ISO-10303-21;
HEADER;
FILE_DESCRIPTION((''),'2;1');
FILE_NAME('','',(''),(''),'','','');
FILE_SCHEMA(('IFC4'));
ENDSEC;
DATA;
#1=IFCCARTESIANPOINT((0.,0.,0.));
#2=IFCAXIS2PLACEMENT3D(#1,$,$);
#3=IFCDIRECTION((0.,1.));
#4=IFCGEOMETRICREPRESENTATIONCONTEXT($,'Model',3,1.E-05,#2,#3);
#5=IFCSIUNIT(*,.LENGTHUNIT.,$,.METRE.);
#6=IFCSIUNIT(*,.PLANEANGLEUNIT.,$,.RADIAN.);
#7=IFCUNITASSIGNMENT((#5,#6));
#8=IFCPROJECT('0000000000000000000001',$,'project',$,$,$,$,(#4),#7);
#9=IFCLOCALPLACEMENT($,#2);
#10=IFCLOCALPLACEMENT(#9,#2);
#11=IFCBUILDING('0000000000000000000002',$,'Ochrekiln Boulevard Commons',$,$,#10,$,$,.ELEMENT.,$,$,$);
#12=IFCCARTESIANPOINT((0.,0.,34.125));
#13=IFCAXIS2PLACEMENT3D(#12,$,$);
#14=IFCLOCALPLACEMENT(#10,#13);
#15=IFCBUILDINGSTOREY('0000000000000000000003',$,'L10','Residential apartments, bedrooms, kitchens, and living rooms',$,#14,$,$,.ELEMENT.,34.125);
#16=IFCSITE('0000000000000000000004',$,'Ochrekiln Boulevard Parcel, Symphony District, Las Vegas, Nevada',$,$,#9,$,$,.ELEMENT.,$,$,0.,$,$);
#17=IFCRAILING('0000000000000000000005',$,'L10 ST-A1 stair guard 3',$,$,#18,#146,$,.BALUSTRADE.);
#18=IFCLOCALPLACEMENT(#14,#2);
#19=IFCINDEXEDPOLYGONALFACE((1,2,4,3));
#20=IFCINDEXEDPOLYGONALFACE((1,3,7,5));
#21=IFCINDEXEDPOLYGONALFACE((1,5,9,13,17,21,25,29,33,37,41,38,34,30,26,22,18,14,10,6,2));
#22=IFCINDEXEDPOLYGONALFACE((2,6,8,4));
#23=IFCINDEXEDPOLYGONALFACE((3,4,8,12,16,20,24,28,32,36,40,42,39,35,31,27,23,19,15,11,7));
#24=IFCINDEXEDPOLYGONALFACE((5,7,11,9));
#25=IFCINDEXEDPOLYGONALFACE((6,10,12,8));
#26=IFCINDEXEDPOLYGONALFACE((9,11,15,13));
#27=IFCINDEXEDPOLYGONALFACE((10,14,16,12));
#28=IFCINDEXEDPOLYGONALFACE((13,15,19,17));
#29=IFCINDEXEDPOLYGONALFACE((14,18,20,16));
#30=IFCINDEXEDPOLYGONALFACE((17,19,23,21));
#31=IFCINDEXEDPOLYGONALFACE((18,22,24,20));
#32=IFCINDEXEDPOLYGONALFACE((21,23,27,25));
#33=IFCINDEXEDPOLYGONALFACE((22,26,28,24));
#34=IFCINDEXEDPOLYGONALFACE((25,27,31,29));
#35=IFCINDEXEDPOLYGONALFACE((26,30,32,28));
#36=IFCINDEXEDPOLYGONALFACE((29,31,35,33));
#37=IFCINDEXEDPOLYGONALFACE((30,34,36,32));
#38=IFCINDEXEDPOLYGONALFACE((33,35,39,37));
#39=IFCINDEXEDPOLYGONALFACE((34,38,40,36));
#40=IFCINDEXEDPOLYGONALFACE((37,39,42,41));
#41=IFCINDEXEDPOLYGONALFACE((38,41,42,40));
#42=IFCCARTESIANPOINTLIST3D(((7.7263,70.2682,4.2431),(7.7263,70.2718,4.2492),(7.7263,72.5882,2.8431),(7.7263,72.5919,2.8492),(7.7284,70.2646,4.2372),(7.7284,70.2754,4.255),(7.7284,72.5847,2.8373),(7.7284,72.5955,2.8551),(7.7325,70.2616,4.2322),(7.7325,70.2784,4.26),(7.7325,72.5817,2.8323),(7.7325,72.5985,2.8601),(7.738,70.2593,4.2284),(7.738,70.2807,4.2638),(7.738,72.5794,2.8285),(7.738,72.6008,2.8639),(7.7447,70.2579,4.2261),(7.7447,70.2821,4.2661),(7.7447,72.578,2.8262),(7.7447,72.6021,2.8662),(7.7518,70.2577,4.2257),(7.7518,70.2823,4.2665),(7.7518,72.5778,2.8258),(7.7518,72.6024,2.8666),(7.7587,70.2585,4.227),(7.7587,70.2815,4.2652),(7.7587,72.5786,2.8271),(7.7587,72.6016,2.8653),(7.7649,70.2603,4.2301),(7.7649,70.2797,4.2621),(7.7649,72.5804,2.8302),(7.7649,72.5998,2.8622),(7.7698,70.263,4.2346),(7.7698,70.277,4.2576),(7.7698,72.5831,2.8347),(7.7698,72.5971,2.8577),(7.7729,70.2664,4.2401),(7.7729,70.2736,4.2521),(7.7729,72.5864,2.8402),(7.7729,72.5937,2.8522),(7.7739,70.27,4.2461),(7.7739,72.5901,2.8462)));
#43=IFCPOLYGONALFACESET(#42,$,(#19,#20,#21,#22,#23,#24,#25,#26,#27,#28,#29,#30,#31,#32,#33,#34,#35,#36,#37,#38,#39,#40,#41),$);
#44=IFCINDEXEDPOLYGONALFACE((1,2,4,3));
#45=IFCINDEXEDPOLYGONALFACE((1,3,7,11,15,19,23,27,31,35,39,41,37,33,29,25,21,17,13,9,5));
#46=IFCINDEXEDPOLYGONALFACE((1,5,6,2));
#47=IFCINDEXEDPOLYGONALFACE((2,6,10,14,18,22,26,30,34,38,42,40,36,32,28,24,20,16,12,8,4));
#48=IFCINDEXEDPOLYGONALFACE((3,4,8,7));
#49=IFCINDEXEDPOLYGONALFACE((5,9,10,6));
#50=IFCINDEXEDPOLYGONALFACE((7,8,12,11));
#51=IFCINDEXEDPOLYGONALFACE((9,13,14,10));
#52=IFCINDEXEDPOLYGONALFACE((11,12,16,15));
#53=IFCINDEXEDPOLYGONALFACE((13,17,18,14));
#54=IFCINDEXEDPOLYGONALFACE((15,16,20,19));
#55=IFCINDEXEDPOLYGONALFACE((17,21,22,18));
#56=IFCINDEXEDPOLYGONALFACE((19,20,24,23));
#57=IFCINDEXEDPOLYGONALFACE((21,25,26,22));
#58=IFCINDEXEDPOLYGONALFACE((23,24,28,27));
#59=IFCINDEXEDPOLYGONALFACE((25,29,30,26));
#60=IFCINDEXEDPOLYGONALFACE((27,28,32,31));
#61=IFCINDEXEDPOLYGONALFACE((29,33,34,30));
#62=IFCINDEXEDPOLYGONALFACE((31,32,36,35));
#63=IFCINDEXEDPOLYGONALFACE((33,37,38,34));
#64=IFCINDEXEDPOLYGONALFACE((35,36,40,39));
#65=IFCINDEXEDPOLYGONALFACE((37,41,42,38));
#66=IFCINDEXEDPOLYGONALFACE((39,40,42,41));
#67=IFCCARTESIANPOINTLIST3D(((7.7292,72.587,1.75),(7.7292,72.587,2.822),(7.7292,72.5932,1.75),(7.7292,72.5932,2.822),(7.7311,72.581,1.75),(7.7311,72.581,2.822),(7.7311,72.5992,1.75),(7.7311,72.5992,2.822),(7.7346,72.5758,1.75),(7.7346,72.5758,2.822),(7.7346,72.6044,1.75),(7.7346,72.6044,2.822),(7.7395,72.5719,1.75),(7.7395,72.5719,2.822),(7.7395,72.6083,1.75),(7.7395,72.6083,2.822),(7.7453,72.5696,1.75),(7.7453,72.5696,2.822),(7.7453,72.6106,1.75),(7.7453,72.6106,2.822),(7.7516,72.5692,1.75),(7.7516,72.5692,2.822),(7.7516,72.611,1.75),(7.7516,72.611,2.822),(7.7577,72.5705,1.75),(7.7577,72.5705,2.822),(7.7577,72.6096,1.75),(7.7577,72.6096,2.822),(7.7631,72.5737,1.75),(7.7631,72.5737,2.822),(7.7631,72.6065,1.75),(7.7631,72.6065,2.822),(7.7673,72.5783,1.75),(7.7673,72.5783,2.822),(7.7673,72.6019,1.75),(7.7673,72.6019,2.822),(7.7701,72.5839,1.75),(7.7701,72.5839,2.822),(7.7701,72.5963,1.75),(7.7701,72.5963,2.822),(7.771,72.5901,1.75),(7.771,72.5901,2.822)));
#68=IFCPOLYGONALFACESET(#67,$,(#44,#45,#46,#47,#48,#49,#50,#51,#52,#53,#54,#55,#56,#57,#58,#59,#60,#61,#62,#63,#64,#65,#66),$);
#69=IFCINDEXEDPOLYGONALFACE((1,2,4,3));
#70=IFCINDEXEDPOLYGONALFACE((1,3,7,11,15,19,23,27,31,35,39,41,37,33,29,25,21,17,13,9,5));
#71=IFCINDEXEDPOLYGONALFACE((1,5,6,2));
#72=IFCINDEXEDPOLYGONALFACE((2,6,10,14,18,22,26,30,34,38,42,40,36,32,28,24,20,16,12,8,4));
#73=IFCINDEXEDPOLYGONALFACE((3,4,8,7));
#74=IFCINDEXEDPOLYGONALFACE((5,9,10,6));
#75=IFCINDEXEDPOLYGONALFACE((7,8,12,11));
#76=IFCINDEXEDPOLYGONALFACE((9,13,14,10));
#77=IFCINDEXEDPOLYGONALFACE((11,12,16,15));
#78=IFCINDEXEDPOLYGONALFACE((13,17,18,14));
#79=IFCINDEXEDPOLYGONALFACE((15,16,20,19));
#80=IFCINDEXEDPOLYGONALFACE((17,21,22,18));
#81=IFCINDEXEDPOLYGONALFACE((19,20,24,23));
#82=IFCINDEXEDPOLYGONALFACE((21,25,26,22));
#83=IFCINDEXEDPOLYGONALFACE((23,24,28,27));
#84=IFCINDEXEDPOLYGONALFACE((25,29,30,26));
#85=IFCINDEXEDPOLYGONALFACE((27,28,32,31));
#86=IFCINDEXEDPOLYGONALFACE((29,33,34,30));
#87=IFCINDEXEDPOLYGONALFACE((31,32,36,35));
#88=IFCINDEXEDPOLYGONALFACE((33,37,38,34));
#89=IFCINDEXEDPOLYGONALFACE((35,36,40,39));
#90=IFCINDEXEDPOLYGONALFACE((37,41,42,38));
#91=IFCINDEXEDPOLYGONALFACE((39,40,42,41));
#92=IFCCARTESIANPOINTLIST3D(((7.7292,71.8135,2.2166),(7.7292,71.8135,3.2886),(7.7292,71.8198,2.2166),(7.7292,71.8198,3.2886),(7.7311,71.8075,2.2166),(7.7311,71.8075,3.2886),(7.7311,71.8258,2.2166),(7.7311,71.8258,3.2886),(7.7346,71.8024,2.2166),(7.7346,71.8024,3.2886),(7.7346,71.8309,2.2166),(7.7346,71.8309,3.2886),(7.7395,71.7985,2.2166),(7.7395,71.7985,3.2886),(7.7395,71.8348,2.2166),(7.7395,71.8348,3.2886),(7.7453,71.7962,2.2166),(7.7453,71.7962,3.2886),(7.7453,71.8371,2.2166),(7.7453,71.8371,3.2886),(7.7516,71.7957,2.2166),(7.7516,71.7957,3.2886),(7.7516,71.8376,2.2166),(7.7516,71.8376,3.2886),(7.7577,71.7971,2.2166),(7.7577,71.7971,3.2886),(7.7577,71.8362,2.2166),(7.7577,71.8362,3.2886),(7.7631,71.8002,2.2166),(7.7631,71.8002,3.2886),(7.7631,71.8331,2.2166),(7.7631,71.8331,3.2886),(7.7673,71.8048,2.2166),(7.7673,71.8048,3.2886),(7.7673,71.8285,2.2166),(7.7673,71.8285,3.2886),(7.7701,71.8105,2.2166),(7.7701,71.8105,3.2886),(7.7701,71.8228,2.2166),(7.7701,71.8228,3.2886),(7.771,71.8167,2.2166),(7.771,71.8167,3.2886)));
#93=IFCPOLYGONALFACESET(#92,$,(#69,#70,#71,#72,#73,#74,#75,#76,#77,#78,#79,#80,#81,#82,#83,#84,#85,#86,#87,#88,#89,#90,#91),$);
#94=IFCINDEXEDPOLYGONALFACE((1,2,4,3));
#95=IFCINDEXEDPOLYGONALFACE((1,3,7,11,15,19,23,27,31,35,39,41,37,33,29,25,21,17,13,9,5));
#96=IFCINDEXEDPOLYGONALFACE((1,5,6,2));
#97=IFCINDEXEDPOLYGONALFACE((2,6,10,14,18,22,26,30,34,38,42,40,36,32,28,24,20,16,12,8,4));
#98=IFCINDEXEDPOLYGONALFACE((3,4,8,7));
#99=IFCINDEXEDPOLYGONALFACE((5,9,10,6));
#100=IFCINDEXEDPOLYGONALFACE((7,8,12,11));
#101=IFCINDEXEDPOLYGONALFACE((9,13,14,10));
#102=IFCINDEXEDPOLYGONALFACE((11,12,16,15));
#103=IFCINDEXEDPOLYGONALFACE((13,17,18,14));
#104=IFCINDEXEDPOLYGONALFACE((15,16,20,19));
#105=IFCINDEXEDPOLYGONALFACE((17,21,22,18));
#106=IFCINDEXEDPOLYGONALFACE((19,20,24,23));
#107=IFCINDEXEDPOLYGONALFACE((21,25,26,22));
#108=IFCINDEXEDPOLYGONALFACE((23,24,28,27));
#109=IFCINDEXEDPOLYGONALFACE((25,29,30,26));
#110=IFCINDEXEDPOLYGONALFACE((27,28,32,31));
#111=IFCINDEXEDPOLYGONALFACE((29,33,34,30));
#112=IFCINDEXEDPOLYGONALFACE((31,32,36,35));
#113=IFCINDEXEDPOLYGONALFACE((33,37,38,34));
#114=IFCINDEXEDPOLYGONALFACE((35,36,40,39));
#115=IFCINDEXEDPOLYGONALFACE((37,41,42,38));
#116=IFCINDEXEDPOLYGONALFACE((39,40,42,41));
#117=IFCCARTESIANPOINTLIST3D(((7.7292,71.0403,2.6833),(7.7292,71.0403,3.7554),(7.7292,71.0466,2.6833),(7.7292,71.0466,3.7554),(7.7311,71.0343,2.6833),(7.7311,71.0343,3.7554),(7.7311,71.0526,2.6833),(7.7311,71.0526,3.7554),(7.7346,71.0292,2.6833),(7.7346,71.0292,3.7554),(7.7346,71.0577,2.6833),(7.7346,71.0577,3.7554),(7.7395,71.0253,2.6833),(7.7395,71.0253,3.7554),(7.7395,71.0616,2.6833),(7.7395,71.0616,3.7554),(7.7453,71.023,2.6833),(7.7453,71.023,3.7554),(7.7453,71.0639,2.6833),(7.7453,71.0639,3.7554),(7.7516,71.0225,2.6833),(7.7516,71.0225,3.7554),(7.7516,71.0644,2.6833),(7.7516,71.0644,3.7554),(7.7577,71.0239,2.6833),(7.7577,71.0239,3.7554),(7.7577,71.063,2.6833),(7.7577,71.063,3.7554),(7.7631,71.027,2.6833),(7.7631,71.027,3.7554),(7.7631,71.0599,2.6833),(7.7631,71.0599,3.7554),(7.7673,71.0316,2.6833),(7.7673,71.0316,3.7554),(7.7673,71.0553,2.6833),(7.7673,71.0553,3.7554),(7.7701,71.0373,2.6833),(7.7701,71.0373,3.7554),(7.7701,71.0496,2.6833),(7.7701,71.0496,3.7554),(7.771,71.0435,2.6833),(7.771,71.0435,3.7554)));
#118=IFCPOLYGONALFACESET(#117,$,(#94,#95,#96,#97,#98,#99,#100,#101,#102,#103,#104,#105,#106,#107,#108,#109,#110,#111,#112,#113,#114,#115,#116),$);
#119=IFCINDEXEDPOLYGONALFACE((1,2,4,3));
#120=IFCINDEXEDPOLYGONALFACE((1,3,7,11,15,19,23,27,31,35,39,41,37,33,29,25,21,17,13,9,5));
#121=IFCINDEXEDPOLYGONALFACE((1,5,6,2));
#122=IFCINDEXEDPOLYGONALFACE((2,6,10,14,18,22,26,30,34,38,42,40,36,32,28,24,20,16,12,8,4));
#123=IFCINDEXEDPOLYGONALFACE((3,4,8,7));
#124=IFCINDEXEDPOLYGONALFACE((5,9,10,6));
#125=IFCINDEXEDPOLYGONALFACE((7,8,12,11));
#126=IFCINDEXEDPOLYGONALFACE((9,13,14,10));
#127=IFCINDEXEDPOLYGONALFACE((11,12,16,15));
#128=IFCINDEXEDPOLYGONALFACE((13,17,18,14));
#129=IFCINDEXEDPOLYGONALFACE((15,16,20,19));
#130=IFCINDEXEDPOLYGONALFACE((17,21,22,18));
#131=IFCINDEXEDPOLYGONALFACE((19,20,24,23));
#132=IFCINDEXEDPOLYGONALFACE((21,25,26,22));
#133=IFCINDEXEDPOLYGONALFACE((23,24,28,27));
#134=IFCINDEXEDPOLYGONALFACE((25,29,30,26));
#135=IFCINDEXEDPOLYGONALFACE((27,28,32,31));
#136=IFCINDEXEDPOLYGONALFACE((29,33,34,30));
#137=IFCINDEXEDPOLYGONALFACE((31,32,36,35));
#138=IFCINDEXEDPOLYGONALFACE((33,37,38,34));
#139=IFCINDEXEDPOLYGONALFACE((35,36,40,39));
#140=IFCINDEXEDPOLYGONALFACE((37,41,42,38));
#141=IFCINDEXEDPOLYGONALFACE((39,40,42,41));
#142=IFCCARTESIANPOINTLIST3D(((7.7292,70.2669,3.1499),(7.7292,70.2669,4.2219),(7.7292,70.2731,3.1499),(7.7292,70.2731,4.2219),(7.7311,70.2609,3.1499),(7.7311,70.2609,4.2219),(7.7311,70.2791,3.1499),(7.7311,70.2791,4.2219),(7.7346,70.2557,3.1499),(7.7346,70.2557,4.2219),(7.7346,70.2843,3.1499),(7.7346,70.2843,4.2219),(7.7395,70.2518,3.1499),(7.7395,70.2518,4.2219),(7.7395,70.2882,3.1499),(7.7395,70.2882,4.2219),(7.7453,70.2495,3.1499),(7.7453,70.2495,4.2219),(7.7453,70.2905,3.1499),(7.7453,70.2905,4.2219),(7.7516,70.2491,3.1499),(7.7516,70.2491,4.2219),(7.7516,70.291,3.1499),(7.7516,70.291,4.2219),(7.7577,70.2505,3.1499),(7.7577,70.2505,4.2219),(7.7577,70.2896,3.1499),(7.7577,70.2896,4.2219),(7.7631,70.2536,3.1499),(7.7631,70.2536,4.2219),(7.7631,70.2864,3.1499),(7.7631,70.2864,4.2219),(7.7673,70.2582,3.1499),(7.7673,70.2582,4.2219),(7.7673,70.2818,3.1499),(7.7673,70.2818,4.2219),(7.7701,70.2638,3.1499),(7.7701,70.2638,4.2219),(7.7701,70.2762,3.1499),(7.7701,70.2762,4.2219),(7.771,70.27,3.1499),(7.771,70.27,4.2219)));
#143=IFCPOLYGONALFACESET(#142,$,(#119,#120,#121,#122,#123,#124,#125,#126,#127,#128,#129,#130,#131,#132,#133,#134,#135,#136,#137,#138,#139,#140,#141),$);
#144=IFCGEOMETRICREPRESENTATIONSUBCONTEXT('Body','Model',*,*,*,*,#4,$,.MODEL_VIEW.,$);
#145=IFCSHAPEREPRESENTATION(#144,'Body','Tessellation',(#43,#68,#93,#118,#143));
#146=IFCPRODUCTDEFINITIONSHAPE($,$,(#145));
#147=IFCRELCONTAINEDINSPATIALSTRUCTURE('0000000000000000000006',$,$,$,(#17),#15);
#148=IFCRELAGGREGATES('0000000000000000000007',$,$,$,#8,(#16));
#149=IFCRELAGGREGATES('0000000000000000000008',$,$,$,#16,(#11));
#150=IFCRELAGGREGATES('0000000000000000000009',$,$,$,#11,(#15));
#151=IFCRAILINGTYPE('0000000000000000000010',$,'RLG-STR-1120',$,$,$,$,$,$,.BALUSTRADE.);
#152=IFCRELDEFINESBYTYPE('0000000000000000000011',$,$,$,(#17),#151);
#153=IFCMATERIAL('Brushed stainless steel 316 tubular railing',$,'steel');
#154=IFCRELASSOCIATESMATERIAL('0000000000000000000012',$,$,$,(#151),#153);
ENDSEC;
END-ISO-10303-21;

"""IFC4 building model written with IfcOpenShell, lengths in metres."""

from ifc_helpers import new_model, si_unit, direction, frame, origin, origin_2d, place, context, subcontext, project, spatial, circle, extrude, material, type_object, element, save


model = new_model("IFC4")

# Units and contexts
model_context = context("Model", 3, precision=1e-05, world=origin(), true_north=direction((0.0, 1.0)))
body_context = subcontext(model_context, "Body", "Model", "MODEL_VIEW")
ifc_project = project(units=[si_unit("LENGTHUNIT", "METRE"), si_unit("PLANEANGLEUNIT", "RADIAN")], contexts=[model_context])

# Site, building, storey
site_placement = place(None, origin())
site = spatial("IfcSite", under=ifc_project, at=site_placement, Name="Ochrekiln Boulevard Parcel, Symphony District, Las Vegas, Nevada", CompositionType="ELEMENT", RefElevation=0.0)
building_placement = place(site_placement, origin())
building = spatial("IfcBuilding", under=site, at=building_placement, Name="Ochrekiln Boulevard Commons", CompositionType="ELEMENT")
storey_placement = place(building_placement, frame((0.0, 0.0, 34.125)))
storey = spatial("IfcBuildingStorey", under=building, at=storey_placement, Name="L10", Description="Residential apartments, bedrooms, kitchens, and living rooms", CompositionType="ELEMENT", Elevation=34.125)

# Railing
ifc_material_1 = material(Name="Brushed stainless steel 316 tubular railing", Category="steel")
railing_type_1 = type_object("IfcRailingType", Name="RLG-STR-1120", PredefinedType="BALUSTRADE", material=ifc_material_1)
railing_1_placement = place(storey_placement, frame((7.75, 72.5901, 1.75)))
element("IfcRailing", 1, at=railing_1_placement, inside=storey, type_object=railing_type_1, Name="L10 ST-A1 stair guard 3", PredefinedType="BALUSTRADE", context=body_context, shape_type="SweptSolid", body=[
    extrude(circle(Radius=0.0239, at=origin_2d()), frame((0.0, 0.0, 1.0962), z_axis=(0.0, -0.85621, 0.516627), x_axis=(1.0, 0.0, 0.0)), (0.0, 0.0, 1.0), 2.7097),
    extrude(circle(Radius=0.021, at=origin_2d()), origin(), (0.0, 0.0, 1.0), 1.072),
    extrude(circle(Radius=0.021, at=origin_2d()), frame((0.0, -0.7734, 0.4666)), (0.0, 0.0, 1.0), 1.072),
    extrude(circle(Radius=0.021, at=origin_2d()), frame((0.0, -1.5466, 0.9333)), (0.0, 0.0, 1.0), 1.072),
    extrude(circle(Radius=0.021, at=origin_2d()), frame((0.0, -2.3201, 1.3999)), (0.0, 0.0, 1.0), 1.072),
])

save(model, "model.ifc")
